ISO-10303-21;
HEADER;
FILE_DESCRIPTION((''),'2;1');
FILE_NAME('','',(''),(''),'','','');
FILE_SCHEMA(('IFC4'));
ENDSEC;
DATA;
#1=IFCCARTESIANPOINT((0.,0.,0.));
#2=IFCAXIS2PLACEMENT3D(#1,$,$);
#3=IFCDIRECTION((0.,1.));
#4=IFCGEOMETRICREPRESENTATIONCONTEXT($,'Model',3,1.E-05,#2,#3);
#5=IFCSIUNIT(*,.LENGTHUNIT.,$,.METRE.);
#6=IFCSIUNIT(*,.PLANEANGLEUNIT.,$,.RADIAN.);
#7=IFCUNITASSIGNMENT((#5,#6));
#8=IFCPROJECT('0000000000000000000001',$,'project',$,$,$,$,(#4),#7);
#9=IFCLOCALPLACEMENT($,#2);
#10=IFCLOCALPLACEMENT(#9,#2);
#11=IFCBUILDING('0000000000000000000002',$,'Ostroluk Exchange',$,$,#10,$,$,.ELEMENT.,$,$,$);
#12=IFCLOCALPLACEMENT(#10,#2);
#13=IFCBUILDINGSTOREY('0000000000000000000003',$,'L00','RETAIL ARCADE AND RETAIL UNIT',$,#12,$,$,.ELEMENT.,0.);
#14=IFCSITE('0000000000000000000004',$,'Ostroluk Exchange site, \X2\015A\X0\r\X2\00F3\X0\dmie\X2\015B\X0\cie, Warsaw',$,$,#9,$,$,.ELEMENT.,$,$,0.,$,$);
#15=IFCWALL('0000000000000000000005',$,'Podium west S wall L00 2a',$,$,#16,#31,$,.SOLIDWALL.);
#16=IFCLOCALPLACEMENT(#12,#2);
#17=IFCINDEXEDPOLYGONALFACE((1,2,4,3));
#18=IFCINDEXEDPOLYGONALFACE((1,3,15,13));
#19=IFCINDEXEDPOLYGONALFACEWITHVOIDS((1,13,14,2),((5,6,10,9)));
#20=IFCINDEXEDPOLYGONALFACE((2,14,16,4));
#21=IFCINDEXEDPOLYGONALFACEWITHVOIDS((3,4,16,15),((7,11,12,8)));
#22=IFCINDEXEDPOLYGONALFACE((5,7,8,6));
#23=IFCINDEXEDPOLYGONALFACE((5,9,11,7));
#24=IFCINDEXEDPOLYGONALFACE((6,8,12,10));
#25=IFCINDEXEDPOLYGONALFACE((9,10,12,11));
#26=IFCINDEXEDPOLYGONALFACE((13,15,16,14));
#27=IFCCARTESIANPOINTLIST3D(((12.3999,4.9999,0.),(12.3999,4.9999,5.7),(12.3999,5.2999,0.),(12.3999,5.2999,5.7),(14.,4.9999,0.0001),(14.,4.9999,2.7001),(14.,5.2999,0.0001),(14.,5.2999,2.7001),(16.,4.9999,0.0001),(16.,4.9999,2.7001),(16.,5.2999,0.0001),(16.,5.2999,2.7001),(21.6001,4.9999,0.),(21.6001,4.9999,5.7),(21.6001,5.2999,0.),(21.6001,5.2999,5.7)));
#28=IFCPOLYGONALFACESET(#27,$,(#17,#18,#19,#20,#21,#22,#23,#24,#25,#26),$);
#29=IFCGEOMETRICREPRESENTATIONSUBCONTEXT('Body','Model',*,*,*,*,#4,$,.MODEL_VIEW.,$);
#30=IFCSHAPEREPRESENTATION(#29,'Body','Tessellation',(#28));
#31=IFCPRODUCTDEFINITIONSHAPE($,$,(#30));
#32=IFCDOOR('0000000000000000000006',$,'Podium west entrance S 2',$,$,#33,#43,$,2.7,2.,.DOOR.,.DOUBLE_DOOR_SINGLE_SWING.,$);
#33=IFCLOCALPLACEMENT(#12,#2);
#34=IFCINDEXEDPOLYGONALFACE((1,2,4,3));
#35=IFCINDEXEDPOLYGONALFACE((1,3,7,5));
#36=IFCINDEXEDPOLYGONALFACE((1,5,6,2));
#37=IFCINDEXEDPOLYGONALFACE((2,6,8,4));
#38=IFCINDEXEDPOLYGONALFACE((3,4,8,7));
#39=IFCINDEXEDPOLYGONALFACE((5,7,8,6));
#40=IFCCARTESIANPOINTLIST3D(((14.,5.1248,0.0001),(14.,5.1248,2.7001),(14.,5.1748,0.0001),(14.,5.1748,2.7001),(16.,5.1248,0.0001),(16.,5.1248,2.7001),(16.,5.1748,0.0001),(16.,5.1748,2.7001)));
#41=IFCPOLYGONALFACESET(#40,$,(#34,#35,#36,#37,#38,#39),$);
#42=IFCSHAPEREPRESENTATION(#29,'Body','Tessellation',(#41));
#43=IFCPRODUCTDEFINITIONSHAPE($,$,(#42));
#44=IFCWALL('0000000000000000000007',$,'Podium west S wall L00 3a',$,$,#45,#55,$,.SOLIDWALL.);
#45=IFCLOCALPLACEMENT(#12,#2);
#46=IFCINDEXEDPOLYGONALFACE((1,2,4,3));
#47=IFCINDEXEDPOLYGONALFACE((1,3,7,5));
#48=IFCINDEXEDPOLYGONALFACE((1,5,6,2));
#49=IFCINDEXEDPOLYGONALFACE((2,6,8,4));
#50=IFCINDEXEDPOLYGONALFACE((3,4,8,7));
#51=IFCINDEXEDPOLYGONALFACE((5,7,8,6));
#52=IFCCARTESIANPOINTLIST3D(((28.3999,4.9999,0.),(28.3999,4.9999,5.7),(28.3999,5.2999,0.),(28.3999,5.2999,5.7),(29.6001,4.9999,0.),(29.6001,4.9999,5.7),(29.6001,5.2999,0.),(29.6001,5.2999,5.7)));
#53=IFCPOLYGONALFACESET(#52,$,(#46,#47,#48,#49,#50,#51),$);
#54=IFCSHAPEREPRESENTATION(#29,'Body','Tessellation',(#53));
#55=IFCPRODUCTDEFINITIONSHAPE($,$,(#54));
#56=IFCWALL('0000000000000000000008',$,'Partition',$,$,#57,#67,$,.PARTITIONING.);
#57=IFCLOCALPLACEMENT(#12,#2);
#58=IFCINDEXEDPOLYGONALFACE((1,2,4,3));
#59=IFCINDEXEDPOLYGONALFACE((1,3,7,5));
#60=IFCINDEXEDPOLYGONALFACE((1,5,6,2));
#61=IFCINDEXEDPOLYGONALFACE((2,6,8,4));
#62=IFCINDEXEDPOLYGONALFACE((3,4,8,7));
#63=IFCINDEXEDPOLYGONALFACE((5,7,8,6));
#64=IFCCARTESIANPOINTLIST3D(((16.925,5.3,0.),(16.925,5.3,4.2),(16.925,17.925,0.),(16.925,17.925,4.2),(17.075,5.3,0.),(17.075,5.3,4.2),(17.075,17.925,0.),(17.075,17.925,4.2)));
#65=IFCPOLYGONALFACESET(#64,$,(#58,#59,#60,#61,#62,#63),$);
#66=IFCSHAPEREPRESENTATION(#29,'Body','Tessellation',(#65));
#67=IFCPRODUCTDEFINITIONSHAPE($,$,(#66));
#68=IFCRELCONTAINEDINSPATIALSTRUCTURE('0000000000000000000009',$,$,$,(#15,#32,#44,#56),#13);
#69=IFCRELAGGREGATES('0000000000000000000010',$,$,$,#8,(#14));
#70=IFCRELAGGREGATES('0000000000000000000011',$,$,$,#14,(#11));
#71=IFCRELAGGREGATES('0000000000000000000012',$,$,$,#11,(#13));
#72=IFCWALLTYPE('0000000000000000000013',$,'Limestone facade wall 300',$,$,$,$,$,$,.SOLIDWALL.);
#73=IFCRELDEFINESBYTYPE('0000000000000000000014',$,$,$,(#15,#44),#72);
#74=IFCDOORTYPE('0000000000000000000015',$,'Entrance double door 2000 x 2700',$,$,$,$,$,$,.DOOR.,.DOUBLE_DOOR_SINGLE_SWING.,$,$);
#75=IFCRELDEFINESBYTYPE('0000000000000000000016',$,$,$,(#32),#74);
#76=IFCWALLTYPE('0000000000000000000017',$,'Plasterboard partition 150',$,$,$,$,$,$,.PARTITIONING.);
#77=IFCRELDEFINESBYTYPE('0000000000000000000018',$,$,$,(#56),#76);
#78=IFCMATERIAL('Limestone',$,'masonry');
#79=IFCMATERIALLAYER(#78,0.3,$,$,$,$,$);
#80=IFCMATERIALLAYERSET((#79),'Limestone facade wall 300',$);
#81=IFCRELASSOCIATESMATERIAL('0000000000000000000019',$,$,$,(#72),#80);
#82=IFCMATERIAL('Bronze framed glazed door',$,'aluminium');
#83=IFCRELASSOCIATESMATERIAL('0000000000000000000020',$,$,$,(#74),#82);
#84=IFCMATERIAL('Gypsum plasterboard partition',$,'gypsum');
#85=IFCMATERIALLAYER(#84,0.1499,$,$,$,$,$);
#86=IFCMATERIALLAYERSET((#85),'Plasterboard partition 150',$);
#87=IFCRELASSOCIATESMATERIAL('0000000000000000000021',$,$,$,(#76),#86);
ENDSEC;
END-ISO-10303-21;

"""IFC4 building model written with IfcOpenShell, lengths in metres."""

from ifc_helpers import new_model, si_unit, direction, frame, frame_2d, origin, place, context, subcontext, project, spatial, rectangle, extrude, material, layer, layer_set, type_object, element, fill, save


model = new_model("IFC4")

# Units and contexts
model_context = context("Model", 3, precision=1e-05, world=origin(), true_north=direction((0.0, 1.0)))
body_context = subcontext(model_context, "Body", "Model", "MODEL_VIEW")
ifc_project = project(units=[si_unit("LENGTHUNIT", "METRE"), si_unit("PLANEANGLEUNIT", "RADIAN")], contexts=[model_context])

# Site, building, storey
site_placement = place(None, origin())
site = spatial("IfcSite", under=ifc_project, at=site_placement, Name="Ostroluk Exchange site, Śródmieście, Warsaw", CompositionType="ELEMENT", RefElevation=0.0)
building_placement = place(site_placement, origin())
building = spatial("IfcBuilding", under=site, at=building_placement, Name="Ostroluk Exchange", CompositionType="ELEMENT")
storey_placement = place(building_placement, origin())
storey = spatial("IfcBuildingStorey", under=building, at=storey_placement, Name="L00", Description="RETAIL ARCADE AND RETAIL UNIT", CompositionType="ELEMENT", Elevation=0.0)

# Wall, opening, door
ifc_material_1 = material(Name="Limestone", Category="masonry")
ifc_layer_1 = layer(ifc_material_1, 0.3)
ifc_layer_set_1 = layer_set([ifc_layer_1], Name="Limestone facade wall 300")
wall_type_1 = type_object("IfcWallType", Name="Limestone facade wall 300", PredefinedType="SOLIDWALL", material=ifc_layer_set_1)
wall_1_placement = place(storey_placement, frame((12.3999, 5.1499, 0.0), z_axis=(0.0, 0.0, 1.0), x_axis=(1.0, 0.0, 0.0)))
wall_1 = element("IfcWall", 1, at=wall_1_placement, inside=storey, type_object=wall_type_1, Name="Podium west S wall L00 2a", PredefinedType="SOLIDWALL", context=body_context, shape_type="SweptSolid", body=[
    extrude(rectangle(XDim=9.2002, YDim=0.3, at=frame_2d((4.6001, 0.0))), origin(), (0.0, 0.0, 1.0), 5.7),
])
opening_placement = place(wall_1_placement, frame((1.6001, 0.0, 0.0)))
opening = element("IfcOpeningElement", 2, at=opening_placement, cuts=wall_1, PredefinedType="OPENING", context=body_context, shape_type="SweptSolid", body=[
    extrude(rectangle(XDim=2.0, YDim=2.7, at=frame_2d((1.0, 1.3501))), frame((0.0, 0.1599, 0.0), z_axis=(0.0, -1.0, 0.0), x_axis=(1.0, 0.0, 0.0)), (0.0, 0.0, 1.0), 0.3201),
])
ifc_material_2 = material(Name="Bronze framed glazed door", Category="aluminium")
door_type = type_object("IfcDoorType", Name="Entrance double door 2000 x 2700", OperationType="DOUBLE_DOOR_SINGLE_SWING", PredefinedType="DOOR", material=ifc_material_2)
door_placement = place(opening_placement, origin())
door = element("IfcDoor", 3, at=door_placement, inside=storey, type_object=door_type, Name="Podium west entrance S 2", OperationType="DOUBLE_DOOR_SINGLE_SWING", OverallHeight=2.7, OverallWidth=2.0, PredefinedType="DOOR", context=body_context, shape_type="SweptSolid", body=[
    extrude(rectangle(XDim=2.0, YDim=2.7, at=frame_2d((1.0, 1.3501))), frame((0.0, 0.0249, 0.0), z_axis=(0.0, -1.0, 0.0), x_axis=(1.0, 0.0, 0.0)), (0.0, 0.0, 1.0), 0.05),
])
fill(opening, door)

# Walls
wall_2_placement = place(storey_placement, frame((28.3999, 5.1499, 0.0), z_axis=(0.0, 0.0, 1.0), x_axis=(1.0, 0.0, 0.0)))
element("IfcWall", 4, at=wall_2_placement, inside=storey, type_object=wall_type_1, Name="Podium west S wall L00 3a", PredefinedType="SOLIDWALL", context=body_context, shape_type="SweptSolid", body=[
    extrude(rectangle(XDim=1.2002, YDim=0.3, at=frame_2d((0.6001, 0.0))), origin(), (0.0, 0.0, 1.0), 5.7),
])
ifc_material_3 = material(Name="Gypsum plasterboard partition", Category="gypsum")
ifc_layer_2 = layer(ifc_material_3, 0.1499)
ifc_layer_set_2 = layer_set([ifc_layer_2], Name="Plasterboard partition 150")
wall_type_2 = type_object("IfcWallType", Name="Plasterboard partition 150", PredefinedType="PARTITIONING", material=ifc_layer_set_2)
wall_3_placement = place(storey_placement, frame((17.0, 17.925, 0.0), z_axis=(0.0, 0.0, 1.0), x_axis=(0.0, -1.0, 0.0)))
element("IfcWall", 5, at=wall_3_placement, inside=storey, type_object=wall_type_2, Name="Partition", PredefinedType="PARTITIONING", context=body_context, shape_type="SweptSolid", body=[
    extrude(rectangle(XDim=12.625, YDim=0.1499, at=frame_2d((6.3125, 0.0))), origin(), (0.0, 0.0, 1.0), 4.2),
])

save(model, "model.ifc")
